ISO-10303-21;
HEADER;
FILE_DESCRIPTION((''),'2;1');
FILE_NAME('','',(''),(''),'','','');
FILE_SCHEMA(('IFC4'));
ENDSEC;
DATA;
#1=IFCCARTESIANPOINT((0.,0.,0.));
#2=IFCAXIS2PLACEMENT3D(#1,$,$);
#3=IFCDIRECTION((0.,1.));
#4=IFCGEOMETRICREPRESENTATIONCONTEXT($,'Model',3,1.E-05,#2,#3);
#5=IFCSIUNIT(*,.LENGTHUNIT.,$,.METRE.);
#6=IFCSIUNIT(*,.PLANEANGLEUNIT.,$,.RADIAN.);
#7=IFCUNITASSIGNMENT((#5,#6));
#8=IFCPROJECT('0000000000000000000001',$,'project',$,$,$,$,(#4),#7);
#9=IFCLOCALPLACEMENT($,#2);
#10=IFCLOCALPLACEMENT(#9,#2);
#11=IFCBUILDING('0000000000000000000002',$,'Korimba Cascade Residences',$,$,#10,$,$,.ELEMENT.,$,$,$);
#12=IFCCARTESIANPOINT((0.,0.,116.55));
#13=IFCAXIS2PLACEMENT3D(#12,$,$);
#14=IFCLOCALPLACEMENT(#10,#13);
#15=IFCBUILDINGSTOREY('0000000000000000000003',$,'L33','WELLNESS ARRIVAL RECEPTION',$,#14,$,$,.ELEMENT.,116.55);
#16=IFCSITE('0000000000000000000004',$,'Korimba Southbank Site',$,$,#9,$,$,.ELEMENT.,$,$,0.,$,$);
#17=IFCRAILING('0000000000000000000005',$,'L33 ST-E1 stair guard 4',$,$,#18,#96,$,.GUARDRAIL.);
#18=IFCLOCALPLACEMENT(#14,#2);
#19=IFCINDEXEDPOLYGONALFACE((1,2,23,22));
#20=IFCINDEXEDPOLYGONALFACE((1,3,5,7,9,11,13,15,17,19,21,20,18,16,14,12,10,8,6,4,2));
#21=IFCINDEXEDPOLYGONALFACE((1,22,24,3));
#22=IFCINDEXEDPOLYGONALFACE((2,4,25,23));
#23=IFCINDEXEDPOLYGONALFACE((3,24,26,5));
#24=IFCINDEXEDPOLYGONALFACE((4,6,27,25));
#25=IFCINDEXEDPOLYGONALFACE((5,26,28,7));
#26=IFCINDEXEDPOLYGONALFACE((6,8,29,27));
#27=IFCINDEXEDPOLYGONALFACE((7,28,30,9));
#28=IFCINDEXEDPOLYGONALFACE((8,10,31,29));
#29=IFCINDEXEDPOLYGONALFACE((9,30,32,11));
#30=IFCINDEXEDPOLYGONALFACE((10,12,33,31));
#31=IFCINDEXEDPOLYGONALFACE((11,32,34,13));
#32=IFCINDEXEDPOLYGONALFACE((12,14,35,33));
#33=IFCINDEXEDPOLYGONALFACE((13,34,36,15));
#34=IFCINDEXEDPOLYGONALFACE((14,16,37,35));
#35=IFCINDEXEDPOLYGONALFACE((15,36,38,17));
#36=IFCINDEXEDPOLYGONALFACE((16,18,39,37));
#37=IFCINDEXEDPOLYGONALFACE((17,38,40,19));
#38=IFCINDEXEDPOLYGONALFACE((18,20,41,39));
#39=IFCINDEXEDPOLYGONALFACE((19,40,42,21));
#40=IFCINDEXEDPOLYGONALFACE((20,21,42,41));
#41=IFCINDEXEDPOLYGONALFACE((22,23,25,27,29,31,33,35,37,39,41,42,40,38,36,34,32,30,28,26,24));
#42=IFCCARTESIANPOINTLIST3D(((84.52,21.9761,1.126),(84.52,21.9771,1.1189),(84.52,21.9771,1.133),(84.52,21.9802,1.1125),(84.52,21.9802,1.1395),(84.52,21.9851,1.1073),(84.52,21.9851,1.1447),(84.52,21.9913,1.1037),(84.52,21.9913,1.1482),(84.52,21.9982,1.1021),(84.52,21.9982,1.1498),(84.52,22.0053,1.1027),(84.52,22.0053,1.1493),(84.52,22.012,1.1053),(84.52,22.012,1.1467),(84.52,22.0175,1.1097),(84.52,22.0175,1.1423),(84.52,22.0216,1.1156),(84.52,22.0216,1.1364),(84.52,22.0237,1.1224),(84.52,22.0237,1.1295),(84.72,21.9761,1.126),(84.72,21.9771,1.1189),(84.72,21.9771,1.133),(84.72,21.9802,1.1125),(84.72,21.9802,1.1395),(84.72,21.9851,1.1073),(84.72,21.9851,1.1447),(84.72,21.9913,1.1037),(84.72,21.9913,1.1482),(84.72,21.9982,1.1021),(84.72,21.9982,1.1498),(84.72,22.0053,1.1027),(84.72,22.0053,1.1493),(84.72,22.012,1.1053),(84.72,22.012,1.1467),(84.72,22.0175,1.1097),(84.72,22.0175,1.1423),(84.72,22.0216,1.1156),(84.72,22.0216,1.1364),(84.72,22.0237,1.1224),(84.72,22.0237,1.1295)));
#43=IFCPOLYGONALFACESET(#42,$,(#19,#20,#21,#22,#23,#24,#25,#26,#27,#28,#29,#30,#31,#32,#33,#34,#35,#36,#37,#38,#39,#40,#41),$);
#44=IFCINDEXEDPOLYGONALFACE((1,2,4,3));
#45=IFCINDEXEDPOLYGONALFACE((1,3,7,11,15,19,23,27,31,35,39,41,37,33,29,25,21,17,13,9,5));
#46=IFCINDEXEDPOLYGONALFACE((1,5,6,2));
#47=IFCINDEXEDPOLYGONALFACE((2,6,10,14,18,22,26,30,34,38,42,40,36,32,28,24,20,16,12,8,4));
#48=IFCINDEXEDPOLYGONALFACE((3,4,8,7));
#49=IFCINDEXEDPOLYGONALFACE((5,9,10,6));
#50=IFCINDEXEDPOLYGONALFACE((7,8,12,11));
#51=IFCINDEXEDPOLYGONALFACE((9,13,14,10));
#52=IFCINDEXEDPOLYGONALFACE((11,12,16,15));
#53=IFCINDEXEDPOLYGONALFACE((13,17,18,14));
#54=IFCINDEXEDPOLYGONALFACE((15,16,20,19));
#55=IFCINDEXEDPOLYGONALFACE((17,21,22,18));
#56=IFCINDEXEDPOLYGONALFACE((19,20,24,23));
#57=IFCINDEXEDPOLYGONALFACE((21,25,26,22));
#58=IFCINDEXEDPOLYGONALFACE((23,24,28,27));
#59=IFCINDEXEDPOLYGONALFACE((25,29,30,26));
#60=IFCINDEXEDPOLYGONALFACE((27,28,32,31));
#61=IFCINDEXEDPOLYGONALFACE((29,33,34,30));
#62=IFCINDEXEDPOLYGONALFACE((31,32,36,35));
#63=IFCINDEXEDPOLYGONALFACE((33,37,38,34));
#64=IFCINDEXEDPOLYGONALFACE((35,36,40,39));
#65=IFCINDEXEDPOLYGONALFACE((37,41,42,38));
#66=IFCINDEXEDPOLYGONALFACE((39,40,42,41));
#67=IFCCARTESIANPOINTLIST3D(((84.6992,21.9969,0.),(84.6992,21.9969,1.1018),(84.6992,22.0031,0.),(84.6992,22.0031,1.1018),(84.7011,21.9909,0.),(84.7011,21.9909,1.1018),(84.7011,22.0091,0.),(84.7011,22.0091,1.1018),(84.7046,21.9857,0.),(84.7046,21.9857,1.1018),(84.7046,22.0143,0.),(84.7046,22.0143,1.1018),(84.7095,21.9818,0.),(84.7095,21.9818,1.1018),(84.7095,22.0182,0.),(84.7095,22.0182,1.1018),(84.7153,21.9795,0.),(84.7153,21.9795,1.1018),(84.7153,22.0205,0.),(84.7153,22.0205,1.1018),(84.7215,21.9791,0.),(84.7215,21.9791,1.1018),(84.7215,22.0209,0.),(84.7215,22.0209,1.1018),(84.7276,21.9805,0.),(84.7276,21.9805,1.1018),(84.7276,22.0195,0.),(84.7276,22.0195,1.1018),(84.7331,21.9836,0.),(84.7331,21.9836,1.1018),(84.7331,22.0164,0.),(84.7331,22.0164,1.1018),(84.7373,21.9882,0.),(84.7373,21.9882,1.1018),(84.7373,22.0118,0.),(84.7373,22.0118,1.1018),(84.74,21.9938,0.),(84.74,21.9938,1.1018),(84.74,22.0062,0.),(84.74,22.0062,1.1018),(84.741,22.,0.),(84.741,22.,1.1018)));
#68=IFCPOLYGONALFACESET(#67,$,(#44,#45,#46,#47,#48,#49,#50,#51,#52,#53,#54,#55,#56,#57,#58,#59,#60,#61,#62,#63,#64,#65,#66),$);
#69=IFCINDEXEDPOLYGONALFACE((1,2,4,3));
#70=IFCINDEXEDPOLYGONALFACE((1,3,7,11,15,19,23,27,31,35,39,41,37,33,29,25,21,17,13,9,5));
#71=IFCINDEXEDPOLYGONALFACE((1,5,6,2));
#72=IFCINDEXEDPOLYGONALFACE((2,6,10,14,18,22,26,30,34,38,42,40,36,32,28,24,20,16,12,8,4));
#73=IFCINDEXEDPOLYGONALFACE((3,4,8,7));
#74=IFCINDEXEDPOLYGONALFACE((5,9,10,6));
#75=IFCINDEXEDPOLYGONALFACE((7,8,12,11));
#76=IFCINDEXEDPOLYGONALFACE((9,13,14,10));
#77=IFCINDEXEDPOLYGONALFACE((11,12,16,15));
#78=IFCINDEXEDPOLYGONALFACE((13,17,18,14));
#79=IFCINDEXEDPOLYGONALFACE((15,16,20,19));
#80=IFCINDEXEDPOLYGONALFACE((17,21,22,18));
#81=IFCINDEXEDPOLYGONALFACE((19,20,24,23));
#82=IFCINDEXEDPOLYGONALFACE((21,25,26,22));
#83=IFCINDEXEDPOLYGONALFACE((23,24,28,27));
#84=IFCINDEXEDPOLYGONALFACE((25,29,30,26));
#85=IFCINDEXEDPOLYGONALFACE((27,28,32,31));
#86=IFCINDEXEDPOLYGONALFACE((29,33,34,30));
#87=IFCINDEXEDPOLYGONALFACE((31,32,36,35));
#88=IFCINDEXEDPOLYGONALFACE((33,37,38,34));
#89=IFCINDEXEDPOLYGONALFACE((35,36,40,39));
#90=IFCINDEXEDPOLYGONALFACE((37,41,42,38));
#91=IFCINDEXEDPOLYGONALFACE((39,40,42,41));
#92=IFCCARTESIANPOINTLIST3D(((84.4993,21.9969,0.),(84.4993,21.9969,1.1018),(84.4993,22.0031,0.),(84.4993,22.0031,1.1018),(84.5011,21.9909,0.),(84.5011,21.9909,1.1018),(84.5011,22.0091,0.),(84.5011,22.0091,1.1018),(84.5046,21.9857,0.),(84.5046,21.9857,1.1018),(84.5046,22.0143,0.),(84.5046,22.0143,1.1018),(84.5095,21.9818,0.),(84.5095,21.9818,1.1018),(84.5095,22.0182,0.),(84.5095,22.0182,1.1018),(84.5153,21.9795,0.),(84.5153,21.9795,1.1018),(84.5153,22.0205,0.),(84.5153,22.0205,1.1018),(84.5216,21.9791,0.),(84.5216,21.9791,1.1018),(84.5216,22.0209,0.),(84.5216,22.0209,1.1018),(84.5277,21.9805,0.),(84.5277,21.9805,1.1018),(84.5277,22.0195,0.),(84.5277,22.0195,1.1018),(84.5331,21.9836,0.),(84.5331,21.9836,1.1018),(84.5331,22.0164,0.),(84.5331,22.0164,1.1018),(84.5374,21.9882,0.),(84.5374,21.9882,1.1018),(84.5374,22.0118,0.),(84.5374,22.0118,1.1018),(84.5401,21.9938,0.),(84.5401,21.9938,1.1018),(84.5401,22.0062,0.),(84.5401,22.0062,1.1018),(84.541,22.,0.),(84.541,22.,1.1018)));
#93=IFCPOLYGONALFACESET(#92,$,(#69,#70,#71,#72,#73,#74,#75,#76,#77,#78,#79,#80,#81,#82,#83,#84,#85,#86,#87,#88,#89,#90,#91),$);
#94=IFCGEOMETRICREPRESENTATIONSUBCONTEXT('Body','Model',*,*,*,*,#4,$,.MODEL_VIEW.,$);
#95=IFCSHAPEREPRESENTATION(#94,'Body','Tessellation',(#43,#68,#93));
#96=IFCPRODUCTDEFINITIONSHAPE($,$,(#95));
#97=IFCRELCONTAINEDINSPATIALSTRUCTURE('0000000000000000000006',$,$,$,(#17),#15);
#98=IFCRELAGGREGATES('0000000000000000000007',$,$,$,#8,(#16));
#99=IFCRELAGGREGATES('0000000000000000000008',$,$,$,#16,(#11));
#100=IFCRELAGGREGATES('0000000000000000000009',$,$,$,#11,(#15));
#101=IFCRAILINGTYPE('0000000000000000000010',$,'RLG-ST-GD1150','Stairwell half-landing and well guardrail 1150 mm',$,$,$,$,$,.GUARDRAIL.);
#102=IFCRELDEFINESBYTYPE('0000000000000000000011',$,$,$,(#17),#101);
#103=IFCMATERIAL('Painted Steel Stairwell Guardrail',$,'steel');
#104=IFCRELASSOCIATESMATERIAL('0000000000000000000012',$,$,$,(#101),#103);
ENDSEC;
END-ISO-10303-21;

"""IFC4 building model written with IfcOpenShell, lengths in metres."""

from ifc_helpers import new_model, si_unit, direction, frame, origin, origin_2d, place, context, subcontext, project, spatial, circle, extrude, material, type_object, element, save


model = new_model("IFC4")

# Units and contexts
model_context = context("Model", 3, precision=1e-05, world=origin(), true_north=direction((0.0, 1.0)))
body_context = subcontext(model_context, "Body", "Model", "MODEL_VIEW")
ifc_project = project(units=[si_unit("LENGTHUNIT", "METRE"), si_unit("PLANEANGLEUNIT", "RADIAN")], contexts=[model_context])

# Site, building, storey
site_placement = place(None, origin())
site = spatial("IfcSite", under=ifc_project, at=site_placement, Name="Korimba Southbank Site", CompositionType="ELEMENT", RefElevation=0.0)
building_placement = place(site_placement, origin())
building = spatial("IfcBuilding", under=site, at=building_placement, Name="Korimba Cascade Residences", CompositionType="ELEMENT")
storey_placement = place(building_placement, frame((0.0, 0.0, 116.55)))
storey = spatial("IfcBuildingStorey", under=building, at=storey_placement, Name="L33", Description="WELLNESS ARRIVAL RECEPTION", CompositionType="ELEMENT", Elevation=116.55)

# Railing
ifc_material_1 = material(Name="Painted Steel Stairwell Guardrail", Category="steel")
railing_type_1 = type_object("IfcRailingType", Name="RLG-ST-GD1150", Description="Stairwell half-landing and well guardrail 1150 mm", PredefinedType="GUARDRAIL", material=ifc_material_1)
railing_1_placement = place(storey_placement, frame((84.72, 22.0, 0.0)))
element("IfcRailing", 1, at=railing_1_placement, inside=storey, type_object=railing_type_1, Name="L33 ST-E1 stair guard 4", PredefinedType="GUARDRAIL", context=body_context, shape_type="SweptSolid", body=[
    extrude(circle(Radius=0.0239, at=origin_2d()), frame((0.0, 0.0, 1.126), z_axis=(-1.0, 0.0, 0.0), x_axis=(0.0, -1.0, 0.0)), (0.0, 0.0, 1.0), 0.2),
    extrude(circle(Radius=0.021, at=origin_2d()), origin(), (0.0, 0.0, 1.0), 1.1018),
    extrude(circle(Radius=0.021, at=origin_2d()), frame((-0.2, 0.0, 0.0)), (0.0, 0.0, 1.0), 1.1018),
])

save(model, "model.ifc")
